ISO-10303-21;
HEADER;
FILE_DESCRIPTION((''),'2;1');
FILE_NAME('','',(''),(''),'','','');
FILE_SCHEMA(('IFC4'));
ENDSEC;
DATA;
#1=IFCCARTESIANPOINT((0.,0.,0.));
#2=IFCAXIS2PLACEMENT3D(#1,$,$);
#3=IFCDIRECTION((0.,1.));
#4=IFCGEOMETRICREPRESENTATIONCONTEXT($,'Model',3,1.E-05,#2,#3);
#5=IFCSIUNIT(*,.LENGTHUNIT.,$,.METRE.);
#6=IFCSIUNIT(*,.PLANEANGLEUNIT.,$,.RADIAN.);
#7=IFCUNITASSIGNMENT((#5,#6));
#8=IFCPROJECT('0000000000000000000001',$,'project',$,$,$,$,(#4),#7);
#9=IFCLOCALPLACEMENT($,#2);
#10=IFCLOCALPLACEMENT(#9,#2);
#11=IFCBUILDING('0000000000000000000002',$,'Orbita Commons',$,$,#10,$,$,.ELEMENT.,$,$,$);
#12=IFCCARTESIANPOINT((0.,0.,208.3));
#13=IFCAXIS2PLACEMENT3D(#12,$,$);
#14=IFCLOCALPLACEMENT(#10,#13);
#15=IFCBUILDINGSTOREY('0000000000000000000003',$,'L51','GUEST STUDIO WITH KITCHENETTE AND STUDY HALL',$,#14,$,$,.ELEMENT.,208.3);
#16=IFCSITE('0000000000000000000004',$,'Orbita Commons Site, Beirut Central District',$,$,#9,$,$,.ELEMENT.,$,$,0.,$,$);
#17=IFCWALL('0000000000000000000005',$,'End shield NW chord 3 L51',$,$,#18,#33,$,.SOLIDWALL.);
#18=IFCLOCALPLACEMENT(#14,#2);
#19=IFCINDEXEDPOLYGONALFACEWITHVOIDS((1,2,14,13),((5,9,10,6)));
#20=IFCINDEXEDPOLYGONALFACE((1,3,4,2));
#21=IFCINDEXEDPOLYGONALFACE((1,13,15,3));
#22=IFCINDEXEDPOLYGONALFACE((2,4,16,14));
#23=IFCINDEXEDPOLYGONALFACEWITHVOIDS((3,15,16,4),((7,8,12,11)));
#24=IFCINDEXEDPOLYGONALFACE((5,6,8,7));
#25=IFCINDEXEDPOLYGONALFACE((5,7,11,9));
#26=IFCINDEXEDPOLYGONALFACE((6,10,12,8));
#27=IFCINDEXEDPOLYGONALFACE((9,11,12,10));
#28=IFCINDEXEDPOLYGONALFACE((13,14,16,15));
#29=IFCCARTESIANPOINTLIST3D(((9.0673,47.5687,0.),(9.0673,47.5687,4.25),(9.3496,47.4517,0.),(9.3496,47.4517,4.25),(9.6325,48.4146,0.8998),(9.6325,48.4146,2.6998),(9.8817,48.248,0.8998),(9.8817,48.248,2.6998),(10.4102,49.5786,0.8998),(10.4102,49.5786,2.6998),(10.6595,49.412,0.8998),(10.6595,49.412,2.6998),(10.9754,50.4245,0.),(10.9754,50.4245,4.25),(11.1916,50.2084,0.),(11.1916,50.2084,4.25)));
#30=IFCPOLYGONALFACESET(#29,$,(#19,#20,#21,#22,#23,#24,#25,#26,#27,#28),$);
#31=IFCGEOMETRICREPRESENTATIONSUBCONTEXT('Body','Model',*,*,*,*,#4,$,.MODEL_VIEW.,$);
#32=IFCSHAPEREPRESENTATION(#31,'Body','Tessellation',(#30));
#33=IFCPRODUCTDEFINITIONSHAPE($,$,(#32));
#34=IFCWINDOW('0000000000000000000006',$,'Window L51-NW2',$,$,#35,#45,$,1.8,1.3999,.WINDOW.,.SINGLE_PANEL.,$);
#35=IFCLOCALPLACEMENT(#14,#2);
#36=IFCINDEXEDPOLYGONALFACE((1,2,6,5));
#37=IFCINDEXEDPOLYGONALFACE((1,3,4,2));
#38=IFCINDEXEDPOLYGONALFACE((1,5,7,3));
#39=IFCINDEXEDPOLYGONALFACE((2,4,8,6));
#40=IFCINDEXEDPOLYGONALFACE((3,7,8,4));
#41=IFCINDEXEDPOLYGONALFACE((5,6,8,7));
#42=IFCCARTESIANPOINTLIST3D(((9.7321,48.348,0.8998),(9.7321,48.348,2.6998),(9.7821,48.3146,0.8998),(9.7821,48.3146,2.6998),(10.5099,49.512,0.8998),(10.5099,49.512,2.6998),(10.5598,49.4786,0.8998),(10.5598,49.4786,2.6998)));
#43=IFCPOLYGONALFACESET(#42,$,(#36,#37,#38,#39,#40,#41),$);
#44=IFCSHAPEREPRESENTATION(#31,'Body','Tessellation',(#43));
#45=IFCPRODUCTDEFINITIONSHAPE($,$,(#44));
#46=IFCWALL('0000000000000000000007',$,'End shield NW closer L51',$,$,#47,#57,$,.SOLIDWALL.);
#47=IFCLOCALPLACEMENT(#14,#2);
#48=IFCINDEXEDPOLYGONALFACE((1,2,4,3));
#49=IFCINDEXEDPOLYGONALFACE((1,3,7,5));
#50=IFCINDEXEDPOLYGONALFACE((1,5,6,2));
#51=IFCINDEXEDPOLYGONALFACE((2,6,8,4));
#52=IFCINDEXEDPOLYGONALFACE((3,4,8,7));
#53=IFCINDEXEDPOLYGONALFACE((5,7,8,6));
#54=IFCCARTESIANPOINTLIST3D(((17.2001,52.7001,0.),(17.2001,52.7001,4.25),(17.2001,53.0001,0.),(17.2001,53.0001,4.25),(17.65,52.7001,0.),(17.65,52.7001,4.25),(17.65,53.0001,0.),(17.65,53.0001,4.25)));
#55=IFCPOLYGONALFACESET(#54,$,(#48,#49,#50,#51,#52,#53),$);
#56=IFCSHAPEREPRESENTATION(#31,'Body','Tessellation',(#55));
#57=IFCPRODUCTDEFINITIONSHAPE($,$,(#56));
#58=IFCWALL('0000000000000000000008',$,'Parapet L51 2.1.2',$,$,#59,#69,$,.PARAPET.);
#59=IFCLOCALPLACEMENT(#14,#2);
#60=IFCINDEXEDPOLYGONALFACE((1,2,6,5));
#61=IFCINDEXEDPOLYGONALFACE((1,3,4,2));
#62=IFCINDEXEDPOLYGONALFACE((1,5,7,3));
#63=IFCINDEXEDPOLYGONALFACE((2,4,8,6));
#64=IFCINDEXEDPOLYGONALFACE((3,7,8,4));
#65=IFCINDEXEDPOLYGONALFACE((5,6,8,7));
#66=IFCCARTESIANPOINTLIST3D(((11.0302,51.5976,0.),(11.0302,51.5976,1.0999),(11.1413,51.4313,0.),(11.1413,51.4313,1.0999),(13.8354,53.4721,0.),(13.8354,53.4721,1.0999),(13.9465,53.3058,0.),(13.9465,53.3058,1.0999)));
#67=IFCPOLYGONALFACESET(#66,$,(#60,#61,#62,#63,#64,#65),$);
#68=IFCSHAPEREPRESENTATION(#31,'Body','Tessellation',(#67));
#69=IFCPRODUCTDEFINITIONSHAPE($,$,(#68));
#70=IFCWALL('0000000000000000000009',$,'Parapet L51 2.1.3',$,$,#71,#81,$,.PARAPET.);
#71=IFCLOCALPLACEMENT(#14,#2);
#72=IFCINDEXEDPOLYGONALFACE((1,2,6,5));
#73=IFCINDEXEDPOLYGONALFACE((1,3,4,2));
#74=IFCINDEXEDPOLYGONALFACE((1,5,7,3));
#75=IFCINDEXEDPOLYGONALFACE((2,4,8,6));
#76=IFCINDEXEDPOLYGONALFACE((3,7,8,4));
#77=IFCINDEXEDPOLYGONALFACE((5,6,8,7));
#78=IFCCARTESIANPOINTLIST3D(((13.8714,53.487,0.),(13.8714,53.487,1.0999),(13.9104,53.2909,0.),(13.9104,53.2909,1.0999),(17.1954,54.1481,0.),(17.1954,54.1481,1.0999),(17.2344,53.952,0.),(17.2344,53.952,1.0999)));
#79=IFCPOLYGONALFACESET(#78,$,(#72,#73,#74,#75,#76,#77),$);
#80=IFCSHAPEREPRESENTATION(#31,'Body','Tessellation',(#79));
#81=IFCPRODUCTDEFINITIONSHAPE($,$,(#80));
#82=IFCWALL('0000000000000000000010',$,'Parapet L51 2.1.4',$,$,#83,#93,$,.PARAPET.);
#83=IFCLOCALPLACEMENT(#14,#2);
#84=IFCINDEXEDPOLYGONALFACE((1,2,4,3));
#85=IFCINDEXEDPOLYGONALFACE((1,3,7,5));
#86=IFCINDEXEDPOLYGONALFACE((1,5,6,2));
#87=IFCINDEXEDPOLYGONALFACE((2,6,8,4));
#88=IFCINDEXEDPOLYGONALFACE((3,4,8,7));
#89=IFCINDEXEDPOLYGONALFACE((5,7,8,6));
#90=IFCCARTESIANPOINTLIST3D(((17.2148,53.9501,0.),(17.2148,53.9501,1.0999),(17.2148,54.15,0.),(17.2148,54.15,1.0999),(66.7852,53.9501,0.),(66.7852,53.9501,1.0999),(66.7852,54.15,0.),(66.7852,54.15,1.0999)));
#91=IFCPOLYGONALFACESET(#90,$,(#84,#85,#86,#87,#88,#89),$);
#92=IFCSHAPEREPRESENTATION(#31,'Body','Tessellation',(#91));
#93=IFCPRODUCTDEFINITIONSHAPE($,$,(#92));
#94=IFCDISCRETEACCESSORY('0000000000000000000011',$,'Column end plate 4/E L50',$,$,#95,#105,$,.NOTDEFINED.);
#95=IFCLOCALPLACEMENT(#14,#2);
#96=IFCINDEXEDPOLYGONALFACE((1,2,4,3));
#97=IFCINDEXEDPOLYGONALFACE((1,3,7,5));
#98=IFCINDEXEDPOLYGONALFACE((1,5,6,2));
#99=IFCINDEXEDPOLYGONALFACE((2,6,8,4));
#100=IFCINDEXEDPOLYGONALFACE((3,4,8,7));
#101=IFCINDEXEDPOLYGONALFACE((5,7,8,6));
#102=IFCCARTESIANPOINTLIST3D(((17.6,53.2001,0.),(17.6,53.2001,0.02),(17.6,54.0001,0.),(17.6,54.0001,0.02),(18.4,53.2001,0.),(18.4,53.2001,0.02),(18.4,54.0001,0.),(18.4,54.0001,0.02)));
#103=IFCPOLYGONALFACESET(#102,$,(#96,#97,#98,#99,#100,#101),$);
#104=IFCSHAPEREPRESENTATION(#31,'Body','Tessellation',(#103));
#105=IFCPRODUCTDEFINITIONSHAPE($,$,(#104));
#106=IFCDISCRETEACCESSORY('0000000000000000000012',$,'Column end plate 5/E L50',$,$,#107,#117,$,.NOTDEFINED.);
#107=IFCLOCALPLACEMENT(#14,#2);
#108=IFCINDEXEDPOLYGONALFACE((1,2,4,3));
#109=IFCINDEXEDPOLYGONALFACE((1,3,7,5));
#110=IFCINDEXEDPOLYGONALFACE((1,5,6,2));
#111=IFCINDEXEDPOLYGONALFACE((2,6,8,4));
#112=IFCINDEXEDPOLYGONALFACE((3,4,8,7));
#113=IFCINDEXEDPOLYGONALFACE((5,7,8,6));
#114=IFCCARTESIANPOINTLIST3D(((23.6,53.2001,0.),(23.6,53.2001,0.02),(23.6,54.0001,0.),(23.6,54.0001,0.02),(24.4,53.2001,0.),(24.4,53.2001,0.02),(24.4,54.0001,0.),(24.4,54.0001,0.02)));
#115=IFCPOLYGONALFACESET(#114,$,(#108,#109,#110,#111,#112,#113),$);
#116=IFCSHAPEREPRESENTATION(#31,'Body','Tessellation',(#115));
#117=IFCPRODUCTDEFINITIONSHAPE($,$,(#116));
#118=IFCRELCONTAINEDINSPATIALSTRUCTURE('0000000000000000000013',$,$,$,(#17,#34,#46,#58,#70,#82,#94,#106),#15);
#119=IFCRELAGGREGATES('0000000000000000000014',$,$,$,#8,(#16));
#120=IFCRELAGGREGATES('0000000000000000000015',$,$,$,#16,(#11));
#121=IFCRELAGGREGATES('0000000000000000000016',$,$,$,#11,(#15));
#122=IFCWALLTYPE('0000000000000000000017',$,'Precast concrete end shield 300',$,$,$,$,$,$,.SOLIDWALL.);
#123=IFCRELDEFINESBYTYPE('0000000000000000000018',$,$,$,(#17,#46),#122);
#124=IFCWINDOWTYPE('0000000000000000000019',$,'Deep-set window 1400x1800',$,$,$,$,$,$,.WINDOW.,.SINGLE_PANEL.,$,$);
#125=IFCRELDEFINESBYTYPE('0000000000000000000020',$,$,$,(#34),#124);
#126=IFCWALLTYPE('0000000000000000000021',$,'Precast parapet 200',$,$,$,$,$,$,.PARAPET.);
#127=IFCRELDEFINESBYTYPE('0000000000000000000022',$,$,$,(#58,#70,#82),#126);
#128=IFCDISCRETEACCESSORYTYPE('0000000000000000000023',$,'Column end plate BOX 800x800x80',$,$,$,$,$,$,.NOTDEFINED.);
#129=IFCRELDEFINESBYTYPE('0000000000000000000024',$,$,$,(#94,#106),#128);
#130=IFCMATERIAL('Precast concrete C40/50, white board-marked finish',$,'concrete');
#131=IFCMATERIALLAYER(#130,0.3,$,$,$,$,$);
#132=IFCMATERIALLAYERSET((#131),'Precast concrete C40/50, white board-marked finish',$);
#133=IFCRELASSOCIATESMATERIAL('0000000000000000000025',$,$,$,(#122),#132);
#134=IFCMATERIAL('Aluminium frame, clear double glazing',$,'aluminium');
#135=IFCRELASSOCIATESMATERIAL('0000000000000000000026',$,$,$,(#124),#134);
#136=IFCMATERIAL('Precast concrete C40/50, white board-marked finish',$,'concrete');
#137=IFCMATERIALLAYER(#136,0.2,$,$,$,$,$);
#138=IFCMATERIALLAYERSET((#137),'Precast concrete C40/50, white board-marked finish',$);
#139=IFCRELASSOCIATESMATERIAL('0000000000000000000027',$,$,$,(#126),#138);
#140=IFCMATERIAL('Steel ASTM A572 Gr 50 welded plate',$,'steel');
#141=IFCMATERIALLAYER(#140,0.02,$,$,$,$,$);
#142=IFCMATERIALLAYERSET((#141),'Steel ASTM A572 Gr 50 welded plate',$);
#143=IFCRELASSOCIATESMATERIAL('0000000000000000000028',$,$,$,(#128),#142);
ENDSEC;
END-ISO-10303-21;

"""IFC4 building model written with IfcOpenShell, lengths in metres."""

from ifc_helpers import new_model, si_unit, direction, frame, frame_2d, origin, origin_2d, place, context, subcontext, project, spatial, polyline, rectangle, outline, extrude, material, layer, layer_set, type_object, element, fill, save


model = new_model("IFC4")

# Units and contexts
model_context = context("Model", 3, precision=1e-05, world=origin(), true_north=direction((0.0, 1.0)))
body_context = subcontext(model_context, "Body", "Model", "MODEL_VIEW")
ifc_project = project(units=[si_unit("LENGTHUNIT", "METRE"), si_unit("PLANEANGLEUNIT", "RADIAN")], contexts=[model_context])

# Site, building, storey
site_placement = place(None, origin())
site = spatial("IfcSite", under=ifc_project, at=site_placement, Name="Orbita Commons Site, Beirut Central District", CompositionType="ELEMENT", RefElevation=0.0)
building_placement = place(site_placement, origin())
building = spatial("IfcBuilding", under=site, at=building_placement, Name="Orbita Commons", CompositionType="ELEMENT")
storey_placement = place(building_placement, frame((0.0, 0.0, 208.3)))
storey = spatial("IfcBuildingStorey", under=building, at=storey_placement, Name="L51", Description="GUEST STUDIO WITH KITCHENETTE AND STUDY HALL", CompositionType="ELEMENT", Elevation=208.3)

# Wall, opening, window
ifc_material_1 = material(Name="Precast concrete C40/50, white board-marked finish", Category="concrete")
ifc_layer_1 = layer(ifc_material_1, 0.3)
ifc_layer_set_1 = layer_set([ifc_layer_1], Name="Precast concrete C40/50, white board-marked finish")
wall_type_1 = type_object("IfcWallType", Name="Precast concrete end shield 300", PredefinedType="SOLIDWALL", material=ifc_layer_set_1)
ifc_material_2 = material(Name="Aluminium frame, clear double glazing", Category="aluminium")
window_type = type_object("IfcWindowType", Name="Deep-set window 1400x1800", PartitioningType="SINGLE_PANEL", PredefinedType="WINDOW", material=ifc_material_2)
wall_1_placement = place(storey_placement, frame((11.0835, 50.3164, 0.0), z_axis=(0.0, 0.0, 1.0), x_axis=(-0.555568, -0.831471, 0.0)))
wall_1 = element("IfcWall", 1, at=wall_1_placement, inside=storey, type_object=wall_type_1, Name="End shield NW chord 3 L51", PredefinedType="SOLIDWALL", context=body_context, shape_type="SweptSolid", body=[
    extrude(outline(polyline([(-0.0298, -0.1499), (3.4048, -0.1499), (3.3452, 0.1499), (0.0298, 0.1499), (-0.0298, -0.1499)])), origin(), (0.0, 0.0, 1.0), 4.25),
])
opening_1_placement = place(wall_1_placement, frame((0.9875, 0.0, 0.8999)))
opening_1 = element("IfcOpeningElement", 2, at=opening_1_placement, cuts=wall_1, PredefinedType="OPENING", context=body_context, shape_type="SweptSolid", body=[
    extrude(rectangle(XDim=1.3999, YDim=1.8, at=frame_2d((0.7, 0.8999))), frame((0.0, 0.1599, 0.0), z_axis=(0.0, -1.0, 0.0), x_axis=(1.0, 0.0, 0.0)), (0.0, 0.0, 1.0), 0.3201),
])
window_1_placement = place(opening_1_placement, origin())
window_1 = element("IfcWindow", 3, at=window_1_placement, inside=storey, type_object=window_type, Name="Window L51-NW2", OverallHeight=1.8, OverallWidth=1.3999, PartitioningType="SINGLE_PANEL", PredefinedType="WINDOW", context=body_context, shape_type="SweptSolid", body=[
    extrude(rectangle(XDim=1.3999, YDim=1.8, at=frame_2d((0.7, 0.8999))), frame((0.0, 0.03, 0.0), z_axis=(0.0, -1.0, 0.0), x_axis=(1.0, 0.0, 0.0)), (0.0, 0.0, 1.0), 0.0601),
])
fill(opening_1, window_1)

# Walls
wall_2_placement = place(storey_placement, frame((17.2, 52.8501, 0.0), z_axis=(0.0, 0.0, 1.0), x_axis=(1.0, 0.0, 0.0)))
element("IfcWall", 4, at=wall_2_placement, inside=storey, type_object=wall_type_1, Name="End shield NW closer L51", PredefinedType="SOLIDWALL", context=body_context, shape_type="SweptSolid", body=[
    extrude(rectangle(XDim=0.45, YDim=0.3, at=frame_2d((0.2251, 0.0))), origin(), (0.0, 0.0, 1.0), 4.25),
])
ifc_material_3 = material(Name="Precast concrete C40/50, white board-marked finish", Category="concrete")
ifc_layer_2 = layer(ifc_material_3, 0.2)
ifc_layer_set_2 = layer_set([ifc_layer_2], Name="Precast concrete C40/50, white board-marked finish")
wall_type_2 = type_object("IfcWallType", Name="Precast parapet 200", PredefinedType="PARAPET", material=ifc_layer_set_2)
wall_3_placement = place(storey_placement, frame((11.0857, 51.5144, 0.0), z_axis=(0.0, 0.0, 1.0), x_axis=(0.831449, 0.555602, 0.0)))
element("IfcWall", 5, at=wall_3_placement, inside=storey, type_object=wall_type_2, Name="Parapet L51 2.1.2", PredefinedType="PARAPET", context=body_context, shape_type="SweptSolid", body=[
    extrude(rectangle(XDim=3.3738, YDim=0.2, at=frame_2d((1.687, 0.0))), origin(), (0.0, 0.0, 1.0), 1.0999),
])
wall_4_placement = place(storey_placement, frame((13.8909, 53.3889, 0.0), z_axis=(0.0, 0.0, 1.0), x_axis=(0.980788, 0.195077, 0.0)))
element("IfcWall", 6, at=wall_4_placement, inside=storey, type_object=wall_type_2, Name="Parapet L51 2.1.3", PredefinedType="PARAPET", context=body_context, shape_type="SweptSolid", body=[
    extrude(rectangle(XDim=3.3892, YDim=0.2, at=frame_2d((1.6946, 0.0))), origin(), (0.0, 0.0, 1.0), 1.0999),
])
wall_5_placement = place(storey_placement, frame((17.2148, 54.05, 0.0), z_axis=(0.0, 0.0, 1.0), x_axis=(1.0, 0.0, 0.0)))
element("IfcWall", 7, at=wall_5_placement, inside=storey, type_object=wall_type_2, Name="Parapet L51 2.1.4", PredefinedType="PARAPET", context=body_context, shape_type="SweptSolid", body=[
    extrude(rectangle(XDim=49.5703, YDim=0.2, at=frame_2d((24.7852, 0.0))), origin(), (0.0, 0.0, 1.0), 1.0999),
])

# Discrete accessories
ifc_material_4 = material(Name="Steel ASTM A572 Gr 50 welded plate", Category="steel")
ifc_layer_3 = layer(ifc_material_4, 0.02)
ifc_layer_set_3 = layer_set([ifc_layer_3], Name="Steel ASTM A572 Gr 50 welded plate")
discrete_accessory_type = type_object("IfcDiscreteAccessoryType", Name="Column end plate BOX 800x800x80", PredefinedType="NOTDEFINED", material=ifc_layer_set_3)
for number, where, z_axis, x_axis, name in (
    (8, (18.0, 53.6001, 0.0), (0.0, 0.0, 1.0), (1.0, 0.0, 0.0), "Column end plate 4/E L50"),
    (9, (24.0, 53.6001, 0.0), (0.0, 0.0, 1.0), (1.0, 0.0, 0.0), "Column end plate 5/E L50"),
):
    element("IfcDiscreteAccessory", number, at=place(storey_placement, frame(where, z_axis=z_axis, x_axis=x_axis)), inside=storey, type_object=discrete_accessory_type, Name=name, PredefinedType="NOTDEFINED", context=body_context, shape_type="SweptSolid", body=[
        extrude(rectangle(XDim=0.8, YDim=0.8, at=origin_2d()), origin(), (0.0, 0.0, 1.0), 0.02),
    ])

save(model, "model.ifc")
